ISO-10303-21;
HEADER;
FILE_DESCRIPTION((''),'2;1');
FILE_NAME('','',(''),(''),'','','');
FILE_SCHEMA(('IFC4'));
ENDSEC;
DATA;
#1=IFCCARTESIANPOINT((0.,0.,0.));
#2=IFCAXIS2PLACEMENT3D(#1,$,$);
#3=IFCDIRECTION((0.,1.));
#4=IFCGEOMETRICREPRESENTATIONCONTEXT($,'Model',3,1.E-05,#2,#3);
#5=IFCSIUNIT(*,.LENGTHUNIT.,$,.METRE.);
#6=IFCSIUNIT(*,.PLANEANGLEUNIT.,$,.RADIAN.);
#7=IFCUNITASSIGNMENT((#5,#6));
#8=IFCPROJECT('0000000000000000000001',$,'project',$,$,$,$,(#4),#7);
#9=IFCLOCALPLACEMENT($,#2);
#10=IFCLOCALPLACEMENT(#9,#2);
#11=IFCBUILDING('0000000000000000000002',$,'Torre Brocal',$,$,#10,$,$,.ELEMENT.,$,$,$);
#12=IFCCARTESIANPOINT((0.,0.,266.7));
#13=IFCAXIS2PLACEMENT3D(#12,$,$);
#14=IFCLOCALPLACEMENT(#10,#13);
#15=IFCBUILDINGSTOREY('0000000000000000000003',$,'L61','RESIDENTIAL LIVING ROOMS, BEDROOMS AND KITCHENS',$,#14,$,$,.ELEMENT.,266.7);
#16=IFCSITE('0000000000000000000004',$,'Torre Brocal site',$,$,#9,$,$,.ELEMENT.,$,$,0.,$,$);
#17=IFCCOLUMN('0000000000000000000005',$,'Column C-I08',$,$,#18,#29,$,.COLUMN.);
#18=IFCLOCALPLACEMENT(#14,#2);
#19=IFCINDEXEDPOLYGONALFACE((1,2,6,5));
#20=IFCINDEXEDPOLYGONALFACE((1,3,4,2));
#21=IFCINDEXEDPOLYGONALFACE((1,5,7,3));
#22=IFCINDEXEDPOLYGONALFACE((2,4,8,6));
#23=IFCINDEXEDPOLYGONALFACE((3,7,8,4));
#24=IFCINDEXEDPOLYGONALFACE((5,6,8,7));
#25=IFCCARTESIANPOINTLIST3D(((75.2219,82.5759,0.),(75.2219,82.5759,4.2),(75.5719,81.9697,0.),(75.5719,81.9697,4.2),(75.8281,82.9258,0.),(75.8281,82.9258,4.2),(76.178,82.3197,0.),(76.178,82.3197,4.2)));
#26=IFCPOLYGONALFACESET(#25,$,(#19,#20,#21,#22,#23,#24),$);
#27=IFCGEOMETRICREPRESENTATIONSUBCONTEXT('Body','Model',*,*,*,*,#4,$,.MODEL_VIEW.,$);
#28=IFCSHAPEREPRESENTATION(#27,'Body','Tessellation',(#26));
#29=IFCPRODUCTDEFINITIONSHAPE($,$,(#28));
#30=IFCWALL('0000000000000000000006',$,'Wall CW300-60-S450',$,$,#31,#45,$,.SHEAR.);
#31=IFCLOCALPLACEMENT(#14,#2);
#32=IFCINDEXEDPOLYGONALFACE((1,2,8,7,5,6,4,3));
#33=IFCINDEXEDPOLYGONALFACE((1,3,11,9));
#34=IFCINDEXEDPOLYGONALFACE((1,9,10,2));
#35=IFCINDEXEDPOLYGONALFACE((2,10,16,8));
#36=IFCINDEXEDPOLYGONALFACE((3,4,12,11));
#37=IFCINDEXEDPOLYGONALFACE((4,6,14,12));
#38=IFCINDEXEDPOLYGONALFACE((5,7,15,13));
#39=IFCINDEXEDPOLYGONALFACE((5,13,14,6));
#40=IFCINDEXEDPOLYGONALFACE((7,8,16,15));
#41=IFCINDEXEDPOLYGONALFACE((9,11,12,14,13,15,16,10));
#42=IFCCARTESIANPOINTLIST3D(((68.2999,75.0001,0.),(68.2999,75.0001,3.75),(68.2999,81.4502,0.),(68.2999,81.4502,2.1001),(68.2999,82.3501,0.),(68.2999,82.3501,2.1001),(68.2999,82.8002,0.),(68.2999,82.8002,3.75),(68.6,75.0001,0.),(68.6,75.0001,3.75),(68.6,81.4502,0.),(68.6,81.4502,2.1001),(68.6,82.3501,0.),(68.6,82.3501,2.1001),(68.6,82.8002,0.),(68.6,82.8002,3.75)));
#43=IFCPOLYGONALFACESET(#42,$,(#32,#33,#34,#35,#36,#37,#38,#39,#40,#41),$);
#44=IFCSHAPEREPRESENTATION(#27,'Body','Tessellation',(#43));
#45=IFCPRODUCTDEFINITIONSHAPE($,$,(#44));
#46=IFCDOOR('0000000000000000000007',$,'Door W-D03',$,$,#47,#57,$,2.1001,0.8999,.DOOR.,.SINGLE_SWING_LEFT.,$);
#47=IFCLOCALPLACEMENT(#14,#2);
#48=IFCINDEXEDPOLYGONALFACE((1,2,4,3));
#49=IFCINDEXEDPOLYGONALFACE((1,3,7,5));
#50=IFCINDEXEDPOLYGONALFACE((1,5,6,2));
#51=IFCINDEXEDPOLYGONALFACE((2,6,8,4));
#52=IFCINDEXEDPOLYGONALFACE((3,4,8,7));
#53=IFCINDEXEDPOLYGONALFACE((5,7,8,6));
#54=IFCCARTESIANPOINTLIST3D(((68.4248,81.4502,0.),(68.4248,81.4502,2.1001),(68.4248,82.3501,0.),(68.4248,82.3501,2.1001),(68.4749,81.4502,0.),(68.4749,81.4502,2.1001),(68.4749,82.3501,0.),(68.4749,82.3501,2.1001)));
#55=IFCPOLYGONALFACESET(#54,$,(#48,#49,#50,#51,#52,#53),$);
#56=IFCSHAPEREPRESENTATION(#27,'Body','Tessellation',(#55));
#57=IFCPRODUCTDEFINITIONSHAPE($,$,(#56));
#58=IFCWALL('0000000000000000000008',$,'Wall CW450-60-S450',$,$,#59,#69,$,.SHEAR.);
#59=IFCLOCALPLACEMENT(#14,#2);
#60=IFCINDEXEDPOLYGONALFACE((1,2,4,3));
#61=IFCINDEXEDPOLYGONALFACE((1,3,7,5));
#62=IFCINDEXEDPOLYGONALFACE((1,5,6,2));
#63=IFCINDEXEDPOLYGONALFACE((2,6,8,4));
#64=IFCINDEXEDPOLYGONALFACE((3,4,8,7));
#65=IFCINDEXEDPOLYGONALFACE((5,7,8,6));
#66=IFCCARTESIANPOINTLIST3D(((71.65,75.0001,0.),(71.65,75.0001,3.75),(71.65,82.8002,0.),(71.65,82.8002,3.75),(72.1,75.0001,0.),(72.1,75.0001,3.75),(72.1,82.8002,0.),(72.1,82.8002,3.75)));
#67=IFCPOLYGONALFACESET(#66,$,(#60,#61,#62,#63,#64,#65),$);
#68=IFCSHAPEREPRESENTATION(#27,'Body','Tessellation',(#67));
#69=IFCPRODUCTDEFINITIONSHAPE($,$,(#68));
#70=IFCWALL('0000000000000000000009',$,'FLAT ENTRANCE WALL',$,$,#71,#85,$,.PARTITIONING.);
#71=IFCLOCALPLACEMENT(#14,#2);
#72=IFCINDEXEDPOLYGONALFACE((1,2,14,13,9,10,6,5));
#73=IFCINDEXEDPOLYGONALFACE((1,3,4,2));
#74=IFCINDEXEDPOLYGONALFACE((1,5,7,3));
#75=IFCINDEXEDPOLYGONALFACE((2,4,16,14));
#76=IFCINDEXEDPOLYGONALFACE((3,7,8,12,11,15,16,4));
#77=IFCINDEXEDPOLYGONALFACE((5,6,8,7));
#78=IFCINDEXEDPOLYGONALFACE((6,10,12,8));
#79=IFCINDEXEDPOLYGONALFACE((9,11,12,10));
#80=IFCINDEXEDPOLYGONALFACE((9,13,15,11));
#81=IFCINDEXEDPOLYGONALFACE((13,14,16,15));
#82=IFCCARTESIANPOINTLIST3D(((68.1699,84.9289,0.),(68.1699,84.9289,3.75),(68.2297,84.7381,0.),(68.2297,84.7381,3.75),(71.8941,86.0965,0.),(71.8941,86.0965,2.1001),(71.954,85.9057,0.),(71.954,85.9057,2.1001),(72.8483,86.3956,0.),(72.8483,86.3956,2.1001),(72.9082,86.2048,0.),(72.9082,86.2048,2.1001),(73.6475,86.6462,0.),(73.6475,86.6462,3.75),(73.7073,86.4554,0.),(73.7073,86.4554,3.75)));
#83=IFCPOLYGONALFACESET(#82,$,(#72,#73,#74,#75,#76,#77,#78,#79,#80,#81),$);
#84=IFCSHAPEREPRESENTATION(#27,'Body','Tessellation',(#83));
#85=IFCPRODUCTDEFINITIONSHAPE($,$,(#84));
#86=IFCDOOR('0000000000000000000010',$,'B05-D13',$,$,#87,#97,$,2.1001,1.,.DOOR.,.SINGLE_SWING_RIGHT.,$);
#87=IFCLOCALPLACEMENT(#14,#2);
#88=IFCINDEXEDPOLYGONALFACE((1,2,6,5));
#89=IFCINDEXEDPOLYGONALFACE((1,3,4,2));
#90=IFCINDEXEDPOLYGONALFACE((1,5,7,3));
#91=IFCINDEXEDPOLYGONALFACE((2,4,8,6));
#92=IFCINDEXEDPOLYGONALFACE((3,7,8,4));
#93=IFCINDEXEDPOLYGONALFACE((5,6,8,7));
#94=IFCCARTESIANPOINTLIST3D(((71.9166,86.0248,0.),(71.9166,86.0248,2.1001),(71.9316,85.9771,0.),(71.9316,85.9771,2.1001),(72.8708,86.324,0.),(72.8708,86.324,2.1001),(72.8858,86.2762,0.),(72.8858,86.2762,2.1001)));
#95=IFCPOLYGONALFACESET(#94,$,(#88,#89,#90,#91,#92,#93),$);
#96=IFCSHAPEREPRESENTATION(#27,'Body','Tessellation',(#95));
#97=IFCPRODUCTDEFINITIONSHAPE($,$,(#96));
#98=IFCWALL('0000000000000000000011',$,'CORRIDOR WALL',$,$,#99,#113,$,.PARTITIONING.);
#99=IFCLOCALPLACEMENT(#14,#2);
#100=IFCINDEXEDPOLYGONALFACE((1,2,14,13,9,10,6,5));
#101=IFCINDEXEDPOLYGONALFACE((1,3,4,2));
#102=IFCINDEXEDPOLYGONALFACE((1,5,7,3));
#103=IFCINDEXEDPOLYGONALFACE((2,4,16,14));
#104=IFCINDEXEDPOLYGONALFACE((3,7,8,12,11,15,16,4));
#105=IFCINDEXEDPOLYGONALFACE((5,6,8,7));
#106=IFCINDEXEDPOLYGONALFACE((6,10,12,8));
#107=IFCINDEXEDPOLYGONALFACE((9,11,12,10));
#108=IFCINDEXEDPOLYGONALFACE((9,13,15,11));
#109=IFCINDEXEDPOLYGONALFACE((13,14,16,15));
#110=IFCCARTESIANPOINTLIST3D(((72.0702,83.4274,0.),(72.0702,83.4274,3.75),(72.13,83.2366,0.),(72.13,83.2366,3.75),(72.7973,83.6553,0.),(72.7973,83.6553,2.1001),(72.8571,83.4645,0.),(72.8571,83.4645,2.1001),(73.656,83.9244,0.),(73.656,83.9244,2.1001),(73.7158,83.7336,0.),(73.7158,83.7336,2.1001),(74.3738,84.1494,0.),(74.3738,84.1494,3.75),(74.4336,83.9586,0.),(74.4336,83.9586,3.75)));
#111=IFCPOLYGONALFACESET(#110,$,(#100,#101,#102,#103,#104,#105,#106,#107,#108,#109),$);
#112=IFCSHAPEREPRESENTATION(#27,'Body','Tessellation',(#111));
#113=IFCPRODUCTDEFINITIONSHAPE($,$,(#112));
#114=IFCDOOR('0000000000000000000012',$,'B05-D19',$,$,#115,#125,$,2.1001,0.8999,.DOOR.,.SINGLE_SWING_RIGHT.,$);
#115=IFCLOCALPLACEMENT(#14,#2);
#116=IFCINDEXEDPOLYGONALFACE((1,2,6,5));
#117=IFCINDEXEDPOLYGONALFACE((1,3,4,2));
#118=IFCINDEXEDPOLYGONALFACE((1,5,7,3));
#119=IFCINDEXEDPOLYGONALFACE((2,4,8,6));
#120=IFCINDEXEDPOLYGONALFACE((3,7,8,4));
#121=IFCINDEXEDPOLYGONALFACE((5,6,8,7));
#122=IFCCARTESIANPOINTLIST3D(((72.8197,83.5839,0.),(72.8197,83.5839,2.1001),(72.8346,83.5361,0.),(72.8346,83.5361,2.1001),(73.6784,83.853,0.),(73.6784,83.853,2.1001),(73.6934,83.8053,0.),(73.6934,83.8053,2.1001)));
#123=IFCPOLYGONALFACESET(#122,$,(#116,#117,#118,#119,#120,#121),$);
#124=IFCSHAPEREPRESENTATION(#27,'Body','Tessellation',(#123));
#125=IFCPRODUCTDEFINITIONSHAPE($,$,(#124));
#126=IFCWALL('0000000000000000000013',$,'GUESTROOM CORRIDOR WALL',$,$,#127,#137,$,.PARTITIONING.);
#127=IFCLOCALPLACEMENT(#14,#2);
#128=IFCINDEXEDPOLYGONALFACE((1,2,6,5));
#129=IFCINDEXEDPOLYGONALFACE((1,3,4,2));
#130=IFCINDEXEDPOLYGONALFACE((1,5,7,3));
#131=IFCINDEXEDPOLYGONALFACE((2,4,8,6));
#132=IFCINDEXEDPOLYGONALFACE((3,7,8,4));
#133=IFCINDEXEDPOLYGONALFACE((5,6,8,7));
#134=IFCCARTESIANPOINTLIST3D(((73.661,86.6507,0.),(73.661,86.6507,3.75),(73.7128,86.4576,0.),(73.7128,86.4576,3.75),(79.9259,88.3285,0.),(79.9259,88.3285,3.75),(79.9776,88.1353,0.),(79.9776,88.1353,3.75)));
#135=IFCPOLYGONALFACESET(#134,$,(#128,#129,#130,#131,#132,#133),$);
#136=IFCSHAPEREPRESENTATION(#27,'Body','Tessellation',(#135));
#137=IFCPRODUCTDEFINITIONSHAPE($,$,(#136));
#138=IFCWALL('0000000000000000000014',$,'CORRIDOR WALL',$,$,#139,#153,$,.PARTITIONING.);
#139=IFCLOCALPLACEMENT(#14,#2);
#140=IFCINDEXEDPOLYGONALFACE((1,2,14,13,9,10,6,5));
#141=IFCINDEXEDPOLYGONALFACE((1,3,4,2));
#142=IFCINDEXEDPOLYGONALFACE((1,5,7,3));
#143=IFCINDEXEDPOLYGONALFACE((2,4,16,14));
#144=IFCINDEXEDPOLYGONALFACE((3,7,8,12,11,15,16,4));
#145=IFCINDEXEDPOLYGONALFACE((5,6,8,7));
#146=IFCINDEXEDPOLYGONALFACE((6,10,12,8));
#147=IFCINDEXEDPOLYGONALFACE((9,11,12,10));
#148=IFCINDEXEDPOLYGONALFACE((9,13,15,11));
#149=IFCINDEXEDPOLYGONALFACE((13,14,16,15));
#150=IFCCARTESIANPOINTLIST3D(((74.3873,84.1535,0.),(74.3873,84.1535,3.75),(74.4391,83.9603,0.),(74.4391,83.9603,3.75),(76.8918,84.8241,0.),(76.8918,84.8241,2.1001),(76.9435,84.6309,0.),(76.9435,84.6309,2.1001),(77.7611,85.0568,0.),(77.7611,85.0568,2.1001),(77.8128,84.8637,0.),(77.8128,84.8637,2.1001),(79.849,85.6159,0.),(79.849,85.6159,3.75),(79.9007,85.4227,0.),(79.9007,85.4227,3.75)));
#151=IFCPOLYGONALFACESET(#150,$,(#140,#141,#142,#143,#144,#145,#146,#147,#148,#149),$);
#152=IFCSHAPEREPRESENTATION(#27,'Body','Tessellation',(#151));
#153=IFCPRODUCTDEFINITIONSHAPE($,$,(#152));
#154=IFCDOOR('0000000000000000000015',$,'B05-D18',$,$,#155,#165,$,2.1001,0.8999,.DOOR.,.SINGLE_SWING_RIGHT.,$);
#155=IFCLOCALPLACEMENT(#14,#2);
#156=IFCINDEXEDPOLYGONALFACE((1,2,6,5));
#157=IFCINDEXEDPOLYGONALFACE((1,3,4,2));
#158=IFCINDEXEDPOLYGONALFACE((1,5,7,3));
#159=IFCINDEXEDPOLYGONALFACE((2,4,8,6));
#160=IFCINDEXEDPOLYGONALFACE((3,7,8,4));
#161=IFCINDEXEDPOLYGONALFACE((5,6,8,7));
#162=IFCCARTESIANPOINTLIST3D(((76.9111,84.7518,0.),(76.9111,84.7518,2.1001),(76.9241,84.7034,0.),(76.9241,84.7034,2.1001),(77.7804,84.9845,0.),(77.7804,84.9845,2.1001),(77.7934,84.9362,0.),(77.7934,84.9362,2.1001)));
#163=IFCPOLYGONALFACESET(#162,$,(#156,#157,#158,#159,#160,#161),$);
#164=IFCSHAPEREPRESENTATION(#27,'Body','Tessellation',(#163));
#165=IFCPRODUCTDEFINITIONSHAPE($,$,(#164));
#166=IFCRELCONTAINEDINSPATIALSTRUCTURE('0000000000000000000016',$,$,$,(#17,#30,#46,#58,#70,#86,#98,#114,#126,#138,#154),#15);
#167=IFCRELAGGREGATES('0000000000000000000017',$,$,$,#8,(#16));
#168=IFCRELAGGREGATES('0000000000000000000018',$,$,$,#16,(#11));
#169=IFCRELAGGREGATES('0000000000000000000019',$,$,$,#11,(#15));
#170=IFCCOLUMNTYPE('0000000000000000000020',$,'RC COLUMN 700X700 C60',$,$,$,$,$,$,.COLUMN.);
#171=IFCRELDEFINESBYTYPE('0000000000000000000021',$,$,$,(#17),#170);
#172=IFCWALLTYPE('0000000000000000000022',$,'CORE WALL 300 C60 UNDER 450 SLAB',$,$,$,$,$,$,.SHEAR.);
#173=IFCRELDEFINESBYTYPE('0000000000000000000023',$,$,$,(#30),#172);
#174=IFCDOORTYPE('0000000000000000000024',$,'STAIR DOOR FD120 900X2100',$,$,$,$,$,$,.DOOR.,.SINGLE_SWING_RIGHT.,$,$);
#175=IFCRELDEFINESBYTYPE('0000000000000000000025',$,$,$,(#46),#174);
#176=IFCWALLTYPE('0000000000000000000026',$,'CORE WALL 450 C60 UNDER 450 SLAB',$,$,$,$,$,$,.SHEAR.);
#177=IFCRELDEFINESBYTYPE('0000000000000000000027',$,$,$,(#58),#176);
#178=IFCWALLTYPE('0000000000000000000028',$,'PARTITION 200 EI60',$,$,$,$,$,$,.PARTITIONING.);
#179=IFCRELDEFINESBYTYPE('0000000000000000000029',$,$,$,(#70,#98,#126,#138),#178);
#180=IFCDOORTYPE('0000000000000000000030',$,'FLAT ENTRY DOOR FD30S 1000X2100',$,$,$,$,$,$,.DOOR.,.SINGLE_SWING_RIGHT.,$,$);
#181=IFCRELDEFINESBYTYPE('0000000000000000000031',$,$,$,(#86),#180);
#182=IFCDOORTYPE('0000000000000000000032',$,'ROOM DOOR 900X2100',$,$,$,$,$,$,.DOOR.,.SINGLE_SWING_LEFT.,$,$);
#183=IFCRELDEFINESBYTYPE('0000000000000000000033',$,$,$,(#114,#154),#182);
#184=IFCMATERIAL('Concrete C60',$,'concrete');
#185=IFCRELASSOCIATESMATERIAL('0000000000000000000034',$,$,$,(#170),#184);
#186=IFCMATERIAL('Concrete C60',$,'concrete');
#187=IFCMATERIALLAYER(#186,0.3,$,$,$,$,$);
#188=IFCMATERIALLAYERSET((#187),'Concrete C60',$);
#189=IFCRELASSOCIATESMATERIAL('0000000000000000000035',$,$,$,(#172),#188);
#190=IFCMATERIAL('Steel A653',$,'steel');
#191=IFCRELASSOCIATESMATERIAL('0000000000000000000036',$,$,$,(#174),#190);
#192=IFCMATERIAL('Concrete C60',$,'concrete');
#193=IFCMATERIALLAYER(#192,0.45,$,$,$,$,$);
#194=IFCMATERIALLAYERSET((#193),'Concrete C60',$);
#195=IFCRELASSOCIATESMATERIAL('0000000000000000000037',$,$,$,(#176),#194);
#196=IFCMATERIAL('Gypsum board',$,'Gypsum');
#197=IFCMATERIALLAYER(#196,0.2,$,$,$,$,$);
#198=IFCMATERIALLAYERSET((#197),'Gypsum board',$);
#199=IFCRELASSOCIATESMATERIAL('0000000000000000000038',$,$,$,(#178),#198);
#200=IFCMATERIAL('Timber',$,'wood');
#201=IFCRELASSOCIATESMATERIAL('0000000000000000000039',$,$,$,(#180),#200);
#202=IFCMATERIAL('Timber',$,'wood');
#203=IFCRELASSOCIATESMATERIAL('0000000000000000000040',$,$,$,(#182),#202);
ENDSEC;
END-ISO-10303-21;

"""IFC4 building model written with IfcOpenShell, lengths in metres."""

from ifc_helpers import new_model, si_unit, direction, frame, frame_2d, origin, origin_2d, place, context, subcontext, project, spatial, rectangle, extrude, material, layer, layer_set, material_profile, profile_set, type_object, element, fill, save


model = new_model("IFC4")

# Units and contexts
model_context = context("Model", 3, precision=1e-05, world=origin(), true_north=direction((0.0, 1.0)))
body_context = subcontext(model_context, "Body", "Model", "MODEL_VIEW")
ifc_project = project(units=[si_unit("LENGTHUNIT", "METRE"), si_unit("PLANEANGLEUNIT", "RADIAN")], contexts=[model_context])

# Site, building, storey
site_placement = place(None, origin())
site = spatial("IfcSite", under=ifc_project, at=site_placement, Name="Torre Brocal site", CompositionType="ELEMENT", RefElevation=0.0)
building_placement = place(site_placement, origin())
building = spatial("IfcBuilding", under=site, at=building_placement, Name="Torre Brocal", CompositionType="ELEMENT")
storey_placement = place(building_placement, frame((0.0, 0.0, 266.7)))
storey = spatial("IfcBuildingStorey", under=building, at=storey_placement, Name="L61", Description="RESIDENTIAL LIVING ROOMS, BEDROOMS AND KITCHENS", CompositionType="ELEMENT", Elevation=266.7)

# Column
ifc_material_1 = material(Name="Concrete C60", Category="concrete")
ifc_material_profile = material_profile(ifc_material_1, rectangle(XDim=0.7, YDim=0.7, at=origin_2d()), Name="RC 700X700")
ifc_profile_set = profile_set([ifc_material_profile], Name="Concrete C60")
column_type = type_object("IfcColumnType", Name="RC COLUMN 700X700 C60", PredefinedType="COLUMN", material=ifc_profile_set)
column_placement = place(storey_placement, frame((75.7, 82.4478, 0.0), z_axis=(0.0, 0.0, 1.0), x_axis=(-0.5, 0.866025, 0.0)))
element("IfcColumn", 1, at=column_placement, inside=storey, type_object=column_type, Name="Column C-I08", PredefinedType="COLUMN", context=body_context, shape_type="SweptSolid", body=[
    extrude(rectangle(XDim=0.7, YDim=0.7, at=origin_2d()), origin(), (0.0, 0.0, 1.0), 4.2),
])

# Wall, opening, door
ifc_material_2 = material(Name="Concrete C60", Category="concrete")
ifc_layer_1 = layer(ifc_material_2, 0.3)
ifc_layer_set_1 = layer_set([ifc_layer_1], Name="Concrete C60")
wall_type_1 = type_object("IfcWallType", Name="CORE WALL 300 C60 UNDER 450 SLAB", PredefinedType="SHEAR", material=ifc_layer_set_1)
wall_1_placement = place(storey_placement, frame((68.45, 82.8, 0.0), z_axis=(0.0, 0.0, 1.0), x_axis=(0.0, -1.0, 0.0)))
wall_1 = element("IfcWall", 2, at=wall_1_placement, inside=storey, type_object=wall_type_1, Name="Wall CW300-60-S450", PredefinedType="SHEAR", context=body_context, shape_type="SweptSolid", body=[
    extrude(rectangle(XDim=7.8, YDim=0.3, at=frame_2d((3.8999, 0.0))), origin(), (0.0, 0.0, 1.0), 3.75),
])
opening_1_placement = place(wall_1_placement, frame((0.45, 0.0, 0.0)))
opening_1 = element("IfcOpeningElement", 3, at=opening_1_placement, cuts=wall_1, PredefinedType="OPENING", context=body_context, shape_type="SweptSolid", body=[
    extrude(rectangle(XDim=0.8999, YDim=2.1001, at=frame_2d((0.45, 1.05))), frame((0.0, 0.1599, 0.0), z_axis=(0.0, -1.0, 0.0), x_axis=(1.0, 0.0, 0.0)), (0.0, 0.0, 1.0), 0.3201),
])
ifc_material_3 = material(Name="Steel A653", Category="steel")
door_type_1 = type_object("IfcDoorType", Name="STAIR DOOR FD120 900X2100", OperationType="SINGLE_SWING_RIGHT", PredefinedType="DOOR", material=ifc_material_3)
door_1_placement = place(opening_1_placement, origin())
door_1 = element("IfcDoor", 4, at=door_1_placement, inside=storey, type_object=door_type_1, Name="Door W-D03", OperationType="SINGLE_SWING_LEFT", OverallHeight=2.1001, OverallWidth=0.8999, PredefinedType="DOOR", context=body_context, shape_type="SweptSolid", body=[
    extrude(rectangle(XDim=0.8999, YDim=2.1001, at=frame_2d((0.45, 1.05))), frame((0.0, 0.0249, 0.0), z_axis=(0.0, -1.0, 0.0), x_axis=(1.0, 0.0, 0.0)), (0.0, 0.0, 1.0), 0.05),
])
fill(opening_1, door_1)

# Wall
ifc_material_4 = material(Name="Concrete C60", Category="concrete")
ifc_layer_2 = layer(ifc_material_4, 0.45)
ifc_layer_set_2 = layer_set([ifc_layer_2], Name="Concrete C60")
wall_type_2 = type_object("IfcWallType", Name="CORE WALL 450 C60 UNDER 450 SLAB", PredefinedType="SHEAR", material=ifc_layer_set_2)
wall_2_placement = place(storey_placement, frame((71.875, 82.8, 0.0), z_axis=(0.0, 0.0, 1.0), x_axis=(0.0, -1.0, 0.0)))
element("IfcWall", 5, at=wall_2_placement, inside=storey, type_object=wall_type_2, Name="Wall CW450-60-S450", PredefinedType="SHEAR", context=body_context, shape_type="SweptSolid", body=[
    extrude(rectangle(XDim=7.8, YDim=0.45, at=frame_2d((3.8999, 0.0))), origin(), (0.0, 0.0, 1.0), 3.75),
])

# Walls, openings, doors
ifc_material_5 = material(Name="Gypsum board", Category="Gypsum")
ifc_layer_3 = layer(ifc_material_5, 0.2)
ifc_layer_set_3 = layer_set([ifc_layer_3], Name="Gypsum board")
wall_type_3 = type_object("IfcWallType", Name="PARTITION 200 EI60", PredefinedType="PARTITIONING", material=ifc_layer_set_3)
wall_3_placement = place(storey_placement, frame((68.2, 84.8335, 0.0), z_axis=(0.0, 0.0, 1.0), x_axis=(0.954204, 0.299156, 0.0)))
wall_3 = element("IfcWall", 6, at=wall_3_placement, inside=storey, type_object=wall_type_3, Name="FLAT ENTRANCE WALL", PredefinedType="PARTITIONING", context=body_context, shape_type="SweptSolid", body=[
    extrude(rectangle(XDim=5.7405, YDim=0.2, at=frame_2d((2.8701, 0.0))), origin(), (0.0, 0.0, 1.0), 3.75),
])
opening_2_placement = place(wall_3_placement, frame((3.9028, 0.0, 0.0)))
opening_2 = element("IfcOpeningElement", 7, at=opening_2_placement, cuts=wall_3, PredefinedType="OPENING", context=body_context, shape_type="SweptSolid", body=[
    extrude(rectangle(XDim=1.0, YDim=2.1001, at=frame_2d((0.5, 1.05))), frame((0.0, 0.1099, 0.0), z_axis=(0.0, -1.0, 0.0), x_axis=(1.0, 0.0, 0.0)), (0.0, 0.0, 1.0), 0.22),
])
ifc_material_6 = material(Name="Timber", Category="wood")
door_type_2 = type_object("IfcDoorType", Name="FLAT ENTRY DOOR FD30S 1000X2100", OperationType="SINGLE_SWING_RIGHT", PredefinedType="DOOR", material=ifc_material_6)
door_2_placement = place(opening_2_placement, origin())
door_2 = element("IfcDoor", 8, at=door_2_placement, inside=storey, type_object=door_type_2, Name="B05-D13", OperationType="SINGLE_SWING_RIGHT", OverallHeight=2.1001, OverallWidth=1.0, PredefinedType="DOOR", context=body_context, shape_type="SweptSolid", body=[
    extrude(rectangle(XDim=1.0, YDim=2.1001, at=frame_2d((0.5, 1.05))), frame((0.0, 0.0249, 0.0), z_axis=(0.0, -1.0, 0.0), x_axis=(1.0, 0.0, 0.0)), (0.0, 0.0, 1.0), 0.05),
])
fill(opening_2, door_2)
wall_4_placement = place(storey_placement, frame((72.1001, 83.332, 0.0), z_axis=(0.0, 0.0, 1.0), x_axis=(0.954233, 0.299064, 0.0)))
wall_4 = element("IfcWall", 9, at=wall_4_placement, inside=storey, type_object=wall_type_3, Name="CORRIDOR WALL", PredefinedType="PARTITIONING", context=body_context, shape_type="SweptSolid", body=[
    extrude(rectangle(XDim=2.4141, YDim=0.2, at=frame_2d((1.207, 0.0))), origin(), (0.0, 0.0, 1.0), 3.75),
])
opening_3_placement = place(wall_4_placement, frame((0.762, 0.0, 0.0)))
opening_3 = element("IfcOpeningElement", 10, at=opening_3_placement, cuts=wall_4, PredefinedType="OPENING", context=body_context, shape_type="SweptSolid", body=[
    extrude(rectangle(XDim=0.8999, YDim=2.1001, at=frame_2d((0.45, 1.05))), frame((0.0, 0.1099, 0.0), z_axis=(0.0, -1.0, 0.0), x_axis=(1.0, 0.0, 0.0)), (0.0, 0.0, 1.0), 0.22),
])
ifc_material_7 = material(Name="Timber", Category="wood")
door_type_3 = type_object("IfcDoorType", Name="ROOM DOOR 900X2100", OperationType="SINGLE_SWING_LEFT", PredefinedType="DOOR", material=ifc_material_7)
door_3_placement = place(opening_3_placement, frame((0.8999, 0.0, 0.0), z_axis=(0.0, 0.0, 1.0), x_axis=(-1.0, 0.0, 0.0)))
door_3 = element("IfcDoor", 11, at=door_3_placement, inside=storey, type_object=door_type_3, Name="B05-D19", OperationType="SINGLE_SWING_RIGHT", OverallHeight=2.1001, OverallWidth=0.8999, PredefinedType="DOOR", context=body_context, shape_type="SweptSolid", body=[
    extrude(rectangle(XDim=0.8999, YDim=2.1001, at=frame_2d((0.45, 1.05))), frame((0.0, 0.0249, 0.0), z_axis=(0.0, -1.0, 0.0), x_axis=(1.0, 0.0, 0.0)), (0.0, 0.0, 1.0), 0.05),
])
fill(opening_3, door_3)

# Wall
wall_5_placement = place(storey_placement, frame((73.687, 86.5542, 0.0), z_axis=(0.0, 0.0, 1.0), x_axis=(0.965962, 0.258684, 0.0)))
element("IfcWall", 12, at=wall_5_placement, inside=storey, type_object=wall_type_3, Name="GUESTROOM CORRIDOR WALL", PredefinedType="PARTITIONING", context=body_context, shape_type="SweptSolid", body=[
    extrude(rectangle(XDim=6.4856, YDim=0.2, at=frame_2d((3.2427, 0.0))), origin(), (0.0, 0.0, 1.0), 3.75),
])

# Wall, opening, door
wall_6_placement = place(storey_placement, frame((74.4131, 84.0569, 0.0), z_axis=(0.0, 0.0, 1.0), x_axis=(0.965972, 0.258646, 0.0)))
wall_6 = element("IfcWall", 13, at=wall_6_placement, inside=storey, type_object=wall_type_3, Name="CORRIDOR WALL", PredefinedType="PARTITIONING", context=body_context, shape_type="SweptSolid", body=[
    extrude(rectangle(XDim=5.6541, YDim=0.2, at=frame_2d((2.8271, 0.0))), origin(), (0.0, 0.0, 1.0), 3.75),
])
opening_4_placement = place(wall_6_placement, frame((2.5928, 0.0, 0.0)))
opening_4 = element("IfcOpeningElement", 14, at=opening_4_placement, cuts=wall_6, PredefinedType="OPENING", context=body_context, shape_type="SweptSolid", body=[
    extrude(rectangle(XDim=0.8999, YDim=2.1001, at=frame_2d((0.45, 1.05))), frame((0.0, 0.1099, 0.0), z_axis=(0.0, -1.0, 0.0), x_axis=(1.0, 0.0, 0.0)), (0.0, 0.0, 1.0), 0.22),
])
door_4_placement = place(opening_4_placement, frame((0.8999, 0.0, 0.0), z_axis=(0.0, 0.0, 1.0), x_axis=(-1.0, 0.0, 0.0)))
door_4 = element("IfcDoor", 15, at=door_4_placement, inside=storey, type_object=door_type_3, Name="B05-D18", OperationType="SINGLE_SWING_RIGHT", OverallHeight=2.1001, OverallWidth=0.8999, PredefinedType="DOOR", context=body_context, shape_type="SweptSolid", body=[
    extrude(rectangle(XDim=0.8999, YDim=2.1001, at=frame_2d((0.45, 1.05))), frame((0.0, 0.0249, 0.0), z_axis=(0.0, -1.0, 0.0), x_axis=(1.0, 0.0, 0.0)), (0.0, 0.0, 1.0), 0.05),
])
fill(opening_4, door_4)

save(model, "model.ifc")
